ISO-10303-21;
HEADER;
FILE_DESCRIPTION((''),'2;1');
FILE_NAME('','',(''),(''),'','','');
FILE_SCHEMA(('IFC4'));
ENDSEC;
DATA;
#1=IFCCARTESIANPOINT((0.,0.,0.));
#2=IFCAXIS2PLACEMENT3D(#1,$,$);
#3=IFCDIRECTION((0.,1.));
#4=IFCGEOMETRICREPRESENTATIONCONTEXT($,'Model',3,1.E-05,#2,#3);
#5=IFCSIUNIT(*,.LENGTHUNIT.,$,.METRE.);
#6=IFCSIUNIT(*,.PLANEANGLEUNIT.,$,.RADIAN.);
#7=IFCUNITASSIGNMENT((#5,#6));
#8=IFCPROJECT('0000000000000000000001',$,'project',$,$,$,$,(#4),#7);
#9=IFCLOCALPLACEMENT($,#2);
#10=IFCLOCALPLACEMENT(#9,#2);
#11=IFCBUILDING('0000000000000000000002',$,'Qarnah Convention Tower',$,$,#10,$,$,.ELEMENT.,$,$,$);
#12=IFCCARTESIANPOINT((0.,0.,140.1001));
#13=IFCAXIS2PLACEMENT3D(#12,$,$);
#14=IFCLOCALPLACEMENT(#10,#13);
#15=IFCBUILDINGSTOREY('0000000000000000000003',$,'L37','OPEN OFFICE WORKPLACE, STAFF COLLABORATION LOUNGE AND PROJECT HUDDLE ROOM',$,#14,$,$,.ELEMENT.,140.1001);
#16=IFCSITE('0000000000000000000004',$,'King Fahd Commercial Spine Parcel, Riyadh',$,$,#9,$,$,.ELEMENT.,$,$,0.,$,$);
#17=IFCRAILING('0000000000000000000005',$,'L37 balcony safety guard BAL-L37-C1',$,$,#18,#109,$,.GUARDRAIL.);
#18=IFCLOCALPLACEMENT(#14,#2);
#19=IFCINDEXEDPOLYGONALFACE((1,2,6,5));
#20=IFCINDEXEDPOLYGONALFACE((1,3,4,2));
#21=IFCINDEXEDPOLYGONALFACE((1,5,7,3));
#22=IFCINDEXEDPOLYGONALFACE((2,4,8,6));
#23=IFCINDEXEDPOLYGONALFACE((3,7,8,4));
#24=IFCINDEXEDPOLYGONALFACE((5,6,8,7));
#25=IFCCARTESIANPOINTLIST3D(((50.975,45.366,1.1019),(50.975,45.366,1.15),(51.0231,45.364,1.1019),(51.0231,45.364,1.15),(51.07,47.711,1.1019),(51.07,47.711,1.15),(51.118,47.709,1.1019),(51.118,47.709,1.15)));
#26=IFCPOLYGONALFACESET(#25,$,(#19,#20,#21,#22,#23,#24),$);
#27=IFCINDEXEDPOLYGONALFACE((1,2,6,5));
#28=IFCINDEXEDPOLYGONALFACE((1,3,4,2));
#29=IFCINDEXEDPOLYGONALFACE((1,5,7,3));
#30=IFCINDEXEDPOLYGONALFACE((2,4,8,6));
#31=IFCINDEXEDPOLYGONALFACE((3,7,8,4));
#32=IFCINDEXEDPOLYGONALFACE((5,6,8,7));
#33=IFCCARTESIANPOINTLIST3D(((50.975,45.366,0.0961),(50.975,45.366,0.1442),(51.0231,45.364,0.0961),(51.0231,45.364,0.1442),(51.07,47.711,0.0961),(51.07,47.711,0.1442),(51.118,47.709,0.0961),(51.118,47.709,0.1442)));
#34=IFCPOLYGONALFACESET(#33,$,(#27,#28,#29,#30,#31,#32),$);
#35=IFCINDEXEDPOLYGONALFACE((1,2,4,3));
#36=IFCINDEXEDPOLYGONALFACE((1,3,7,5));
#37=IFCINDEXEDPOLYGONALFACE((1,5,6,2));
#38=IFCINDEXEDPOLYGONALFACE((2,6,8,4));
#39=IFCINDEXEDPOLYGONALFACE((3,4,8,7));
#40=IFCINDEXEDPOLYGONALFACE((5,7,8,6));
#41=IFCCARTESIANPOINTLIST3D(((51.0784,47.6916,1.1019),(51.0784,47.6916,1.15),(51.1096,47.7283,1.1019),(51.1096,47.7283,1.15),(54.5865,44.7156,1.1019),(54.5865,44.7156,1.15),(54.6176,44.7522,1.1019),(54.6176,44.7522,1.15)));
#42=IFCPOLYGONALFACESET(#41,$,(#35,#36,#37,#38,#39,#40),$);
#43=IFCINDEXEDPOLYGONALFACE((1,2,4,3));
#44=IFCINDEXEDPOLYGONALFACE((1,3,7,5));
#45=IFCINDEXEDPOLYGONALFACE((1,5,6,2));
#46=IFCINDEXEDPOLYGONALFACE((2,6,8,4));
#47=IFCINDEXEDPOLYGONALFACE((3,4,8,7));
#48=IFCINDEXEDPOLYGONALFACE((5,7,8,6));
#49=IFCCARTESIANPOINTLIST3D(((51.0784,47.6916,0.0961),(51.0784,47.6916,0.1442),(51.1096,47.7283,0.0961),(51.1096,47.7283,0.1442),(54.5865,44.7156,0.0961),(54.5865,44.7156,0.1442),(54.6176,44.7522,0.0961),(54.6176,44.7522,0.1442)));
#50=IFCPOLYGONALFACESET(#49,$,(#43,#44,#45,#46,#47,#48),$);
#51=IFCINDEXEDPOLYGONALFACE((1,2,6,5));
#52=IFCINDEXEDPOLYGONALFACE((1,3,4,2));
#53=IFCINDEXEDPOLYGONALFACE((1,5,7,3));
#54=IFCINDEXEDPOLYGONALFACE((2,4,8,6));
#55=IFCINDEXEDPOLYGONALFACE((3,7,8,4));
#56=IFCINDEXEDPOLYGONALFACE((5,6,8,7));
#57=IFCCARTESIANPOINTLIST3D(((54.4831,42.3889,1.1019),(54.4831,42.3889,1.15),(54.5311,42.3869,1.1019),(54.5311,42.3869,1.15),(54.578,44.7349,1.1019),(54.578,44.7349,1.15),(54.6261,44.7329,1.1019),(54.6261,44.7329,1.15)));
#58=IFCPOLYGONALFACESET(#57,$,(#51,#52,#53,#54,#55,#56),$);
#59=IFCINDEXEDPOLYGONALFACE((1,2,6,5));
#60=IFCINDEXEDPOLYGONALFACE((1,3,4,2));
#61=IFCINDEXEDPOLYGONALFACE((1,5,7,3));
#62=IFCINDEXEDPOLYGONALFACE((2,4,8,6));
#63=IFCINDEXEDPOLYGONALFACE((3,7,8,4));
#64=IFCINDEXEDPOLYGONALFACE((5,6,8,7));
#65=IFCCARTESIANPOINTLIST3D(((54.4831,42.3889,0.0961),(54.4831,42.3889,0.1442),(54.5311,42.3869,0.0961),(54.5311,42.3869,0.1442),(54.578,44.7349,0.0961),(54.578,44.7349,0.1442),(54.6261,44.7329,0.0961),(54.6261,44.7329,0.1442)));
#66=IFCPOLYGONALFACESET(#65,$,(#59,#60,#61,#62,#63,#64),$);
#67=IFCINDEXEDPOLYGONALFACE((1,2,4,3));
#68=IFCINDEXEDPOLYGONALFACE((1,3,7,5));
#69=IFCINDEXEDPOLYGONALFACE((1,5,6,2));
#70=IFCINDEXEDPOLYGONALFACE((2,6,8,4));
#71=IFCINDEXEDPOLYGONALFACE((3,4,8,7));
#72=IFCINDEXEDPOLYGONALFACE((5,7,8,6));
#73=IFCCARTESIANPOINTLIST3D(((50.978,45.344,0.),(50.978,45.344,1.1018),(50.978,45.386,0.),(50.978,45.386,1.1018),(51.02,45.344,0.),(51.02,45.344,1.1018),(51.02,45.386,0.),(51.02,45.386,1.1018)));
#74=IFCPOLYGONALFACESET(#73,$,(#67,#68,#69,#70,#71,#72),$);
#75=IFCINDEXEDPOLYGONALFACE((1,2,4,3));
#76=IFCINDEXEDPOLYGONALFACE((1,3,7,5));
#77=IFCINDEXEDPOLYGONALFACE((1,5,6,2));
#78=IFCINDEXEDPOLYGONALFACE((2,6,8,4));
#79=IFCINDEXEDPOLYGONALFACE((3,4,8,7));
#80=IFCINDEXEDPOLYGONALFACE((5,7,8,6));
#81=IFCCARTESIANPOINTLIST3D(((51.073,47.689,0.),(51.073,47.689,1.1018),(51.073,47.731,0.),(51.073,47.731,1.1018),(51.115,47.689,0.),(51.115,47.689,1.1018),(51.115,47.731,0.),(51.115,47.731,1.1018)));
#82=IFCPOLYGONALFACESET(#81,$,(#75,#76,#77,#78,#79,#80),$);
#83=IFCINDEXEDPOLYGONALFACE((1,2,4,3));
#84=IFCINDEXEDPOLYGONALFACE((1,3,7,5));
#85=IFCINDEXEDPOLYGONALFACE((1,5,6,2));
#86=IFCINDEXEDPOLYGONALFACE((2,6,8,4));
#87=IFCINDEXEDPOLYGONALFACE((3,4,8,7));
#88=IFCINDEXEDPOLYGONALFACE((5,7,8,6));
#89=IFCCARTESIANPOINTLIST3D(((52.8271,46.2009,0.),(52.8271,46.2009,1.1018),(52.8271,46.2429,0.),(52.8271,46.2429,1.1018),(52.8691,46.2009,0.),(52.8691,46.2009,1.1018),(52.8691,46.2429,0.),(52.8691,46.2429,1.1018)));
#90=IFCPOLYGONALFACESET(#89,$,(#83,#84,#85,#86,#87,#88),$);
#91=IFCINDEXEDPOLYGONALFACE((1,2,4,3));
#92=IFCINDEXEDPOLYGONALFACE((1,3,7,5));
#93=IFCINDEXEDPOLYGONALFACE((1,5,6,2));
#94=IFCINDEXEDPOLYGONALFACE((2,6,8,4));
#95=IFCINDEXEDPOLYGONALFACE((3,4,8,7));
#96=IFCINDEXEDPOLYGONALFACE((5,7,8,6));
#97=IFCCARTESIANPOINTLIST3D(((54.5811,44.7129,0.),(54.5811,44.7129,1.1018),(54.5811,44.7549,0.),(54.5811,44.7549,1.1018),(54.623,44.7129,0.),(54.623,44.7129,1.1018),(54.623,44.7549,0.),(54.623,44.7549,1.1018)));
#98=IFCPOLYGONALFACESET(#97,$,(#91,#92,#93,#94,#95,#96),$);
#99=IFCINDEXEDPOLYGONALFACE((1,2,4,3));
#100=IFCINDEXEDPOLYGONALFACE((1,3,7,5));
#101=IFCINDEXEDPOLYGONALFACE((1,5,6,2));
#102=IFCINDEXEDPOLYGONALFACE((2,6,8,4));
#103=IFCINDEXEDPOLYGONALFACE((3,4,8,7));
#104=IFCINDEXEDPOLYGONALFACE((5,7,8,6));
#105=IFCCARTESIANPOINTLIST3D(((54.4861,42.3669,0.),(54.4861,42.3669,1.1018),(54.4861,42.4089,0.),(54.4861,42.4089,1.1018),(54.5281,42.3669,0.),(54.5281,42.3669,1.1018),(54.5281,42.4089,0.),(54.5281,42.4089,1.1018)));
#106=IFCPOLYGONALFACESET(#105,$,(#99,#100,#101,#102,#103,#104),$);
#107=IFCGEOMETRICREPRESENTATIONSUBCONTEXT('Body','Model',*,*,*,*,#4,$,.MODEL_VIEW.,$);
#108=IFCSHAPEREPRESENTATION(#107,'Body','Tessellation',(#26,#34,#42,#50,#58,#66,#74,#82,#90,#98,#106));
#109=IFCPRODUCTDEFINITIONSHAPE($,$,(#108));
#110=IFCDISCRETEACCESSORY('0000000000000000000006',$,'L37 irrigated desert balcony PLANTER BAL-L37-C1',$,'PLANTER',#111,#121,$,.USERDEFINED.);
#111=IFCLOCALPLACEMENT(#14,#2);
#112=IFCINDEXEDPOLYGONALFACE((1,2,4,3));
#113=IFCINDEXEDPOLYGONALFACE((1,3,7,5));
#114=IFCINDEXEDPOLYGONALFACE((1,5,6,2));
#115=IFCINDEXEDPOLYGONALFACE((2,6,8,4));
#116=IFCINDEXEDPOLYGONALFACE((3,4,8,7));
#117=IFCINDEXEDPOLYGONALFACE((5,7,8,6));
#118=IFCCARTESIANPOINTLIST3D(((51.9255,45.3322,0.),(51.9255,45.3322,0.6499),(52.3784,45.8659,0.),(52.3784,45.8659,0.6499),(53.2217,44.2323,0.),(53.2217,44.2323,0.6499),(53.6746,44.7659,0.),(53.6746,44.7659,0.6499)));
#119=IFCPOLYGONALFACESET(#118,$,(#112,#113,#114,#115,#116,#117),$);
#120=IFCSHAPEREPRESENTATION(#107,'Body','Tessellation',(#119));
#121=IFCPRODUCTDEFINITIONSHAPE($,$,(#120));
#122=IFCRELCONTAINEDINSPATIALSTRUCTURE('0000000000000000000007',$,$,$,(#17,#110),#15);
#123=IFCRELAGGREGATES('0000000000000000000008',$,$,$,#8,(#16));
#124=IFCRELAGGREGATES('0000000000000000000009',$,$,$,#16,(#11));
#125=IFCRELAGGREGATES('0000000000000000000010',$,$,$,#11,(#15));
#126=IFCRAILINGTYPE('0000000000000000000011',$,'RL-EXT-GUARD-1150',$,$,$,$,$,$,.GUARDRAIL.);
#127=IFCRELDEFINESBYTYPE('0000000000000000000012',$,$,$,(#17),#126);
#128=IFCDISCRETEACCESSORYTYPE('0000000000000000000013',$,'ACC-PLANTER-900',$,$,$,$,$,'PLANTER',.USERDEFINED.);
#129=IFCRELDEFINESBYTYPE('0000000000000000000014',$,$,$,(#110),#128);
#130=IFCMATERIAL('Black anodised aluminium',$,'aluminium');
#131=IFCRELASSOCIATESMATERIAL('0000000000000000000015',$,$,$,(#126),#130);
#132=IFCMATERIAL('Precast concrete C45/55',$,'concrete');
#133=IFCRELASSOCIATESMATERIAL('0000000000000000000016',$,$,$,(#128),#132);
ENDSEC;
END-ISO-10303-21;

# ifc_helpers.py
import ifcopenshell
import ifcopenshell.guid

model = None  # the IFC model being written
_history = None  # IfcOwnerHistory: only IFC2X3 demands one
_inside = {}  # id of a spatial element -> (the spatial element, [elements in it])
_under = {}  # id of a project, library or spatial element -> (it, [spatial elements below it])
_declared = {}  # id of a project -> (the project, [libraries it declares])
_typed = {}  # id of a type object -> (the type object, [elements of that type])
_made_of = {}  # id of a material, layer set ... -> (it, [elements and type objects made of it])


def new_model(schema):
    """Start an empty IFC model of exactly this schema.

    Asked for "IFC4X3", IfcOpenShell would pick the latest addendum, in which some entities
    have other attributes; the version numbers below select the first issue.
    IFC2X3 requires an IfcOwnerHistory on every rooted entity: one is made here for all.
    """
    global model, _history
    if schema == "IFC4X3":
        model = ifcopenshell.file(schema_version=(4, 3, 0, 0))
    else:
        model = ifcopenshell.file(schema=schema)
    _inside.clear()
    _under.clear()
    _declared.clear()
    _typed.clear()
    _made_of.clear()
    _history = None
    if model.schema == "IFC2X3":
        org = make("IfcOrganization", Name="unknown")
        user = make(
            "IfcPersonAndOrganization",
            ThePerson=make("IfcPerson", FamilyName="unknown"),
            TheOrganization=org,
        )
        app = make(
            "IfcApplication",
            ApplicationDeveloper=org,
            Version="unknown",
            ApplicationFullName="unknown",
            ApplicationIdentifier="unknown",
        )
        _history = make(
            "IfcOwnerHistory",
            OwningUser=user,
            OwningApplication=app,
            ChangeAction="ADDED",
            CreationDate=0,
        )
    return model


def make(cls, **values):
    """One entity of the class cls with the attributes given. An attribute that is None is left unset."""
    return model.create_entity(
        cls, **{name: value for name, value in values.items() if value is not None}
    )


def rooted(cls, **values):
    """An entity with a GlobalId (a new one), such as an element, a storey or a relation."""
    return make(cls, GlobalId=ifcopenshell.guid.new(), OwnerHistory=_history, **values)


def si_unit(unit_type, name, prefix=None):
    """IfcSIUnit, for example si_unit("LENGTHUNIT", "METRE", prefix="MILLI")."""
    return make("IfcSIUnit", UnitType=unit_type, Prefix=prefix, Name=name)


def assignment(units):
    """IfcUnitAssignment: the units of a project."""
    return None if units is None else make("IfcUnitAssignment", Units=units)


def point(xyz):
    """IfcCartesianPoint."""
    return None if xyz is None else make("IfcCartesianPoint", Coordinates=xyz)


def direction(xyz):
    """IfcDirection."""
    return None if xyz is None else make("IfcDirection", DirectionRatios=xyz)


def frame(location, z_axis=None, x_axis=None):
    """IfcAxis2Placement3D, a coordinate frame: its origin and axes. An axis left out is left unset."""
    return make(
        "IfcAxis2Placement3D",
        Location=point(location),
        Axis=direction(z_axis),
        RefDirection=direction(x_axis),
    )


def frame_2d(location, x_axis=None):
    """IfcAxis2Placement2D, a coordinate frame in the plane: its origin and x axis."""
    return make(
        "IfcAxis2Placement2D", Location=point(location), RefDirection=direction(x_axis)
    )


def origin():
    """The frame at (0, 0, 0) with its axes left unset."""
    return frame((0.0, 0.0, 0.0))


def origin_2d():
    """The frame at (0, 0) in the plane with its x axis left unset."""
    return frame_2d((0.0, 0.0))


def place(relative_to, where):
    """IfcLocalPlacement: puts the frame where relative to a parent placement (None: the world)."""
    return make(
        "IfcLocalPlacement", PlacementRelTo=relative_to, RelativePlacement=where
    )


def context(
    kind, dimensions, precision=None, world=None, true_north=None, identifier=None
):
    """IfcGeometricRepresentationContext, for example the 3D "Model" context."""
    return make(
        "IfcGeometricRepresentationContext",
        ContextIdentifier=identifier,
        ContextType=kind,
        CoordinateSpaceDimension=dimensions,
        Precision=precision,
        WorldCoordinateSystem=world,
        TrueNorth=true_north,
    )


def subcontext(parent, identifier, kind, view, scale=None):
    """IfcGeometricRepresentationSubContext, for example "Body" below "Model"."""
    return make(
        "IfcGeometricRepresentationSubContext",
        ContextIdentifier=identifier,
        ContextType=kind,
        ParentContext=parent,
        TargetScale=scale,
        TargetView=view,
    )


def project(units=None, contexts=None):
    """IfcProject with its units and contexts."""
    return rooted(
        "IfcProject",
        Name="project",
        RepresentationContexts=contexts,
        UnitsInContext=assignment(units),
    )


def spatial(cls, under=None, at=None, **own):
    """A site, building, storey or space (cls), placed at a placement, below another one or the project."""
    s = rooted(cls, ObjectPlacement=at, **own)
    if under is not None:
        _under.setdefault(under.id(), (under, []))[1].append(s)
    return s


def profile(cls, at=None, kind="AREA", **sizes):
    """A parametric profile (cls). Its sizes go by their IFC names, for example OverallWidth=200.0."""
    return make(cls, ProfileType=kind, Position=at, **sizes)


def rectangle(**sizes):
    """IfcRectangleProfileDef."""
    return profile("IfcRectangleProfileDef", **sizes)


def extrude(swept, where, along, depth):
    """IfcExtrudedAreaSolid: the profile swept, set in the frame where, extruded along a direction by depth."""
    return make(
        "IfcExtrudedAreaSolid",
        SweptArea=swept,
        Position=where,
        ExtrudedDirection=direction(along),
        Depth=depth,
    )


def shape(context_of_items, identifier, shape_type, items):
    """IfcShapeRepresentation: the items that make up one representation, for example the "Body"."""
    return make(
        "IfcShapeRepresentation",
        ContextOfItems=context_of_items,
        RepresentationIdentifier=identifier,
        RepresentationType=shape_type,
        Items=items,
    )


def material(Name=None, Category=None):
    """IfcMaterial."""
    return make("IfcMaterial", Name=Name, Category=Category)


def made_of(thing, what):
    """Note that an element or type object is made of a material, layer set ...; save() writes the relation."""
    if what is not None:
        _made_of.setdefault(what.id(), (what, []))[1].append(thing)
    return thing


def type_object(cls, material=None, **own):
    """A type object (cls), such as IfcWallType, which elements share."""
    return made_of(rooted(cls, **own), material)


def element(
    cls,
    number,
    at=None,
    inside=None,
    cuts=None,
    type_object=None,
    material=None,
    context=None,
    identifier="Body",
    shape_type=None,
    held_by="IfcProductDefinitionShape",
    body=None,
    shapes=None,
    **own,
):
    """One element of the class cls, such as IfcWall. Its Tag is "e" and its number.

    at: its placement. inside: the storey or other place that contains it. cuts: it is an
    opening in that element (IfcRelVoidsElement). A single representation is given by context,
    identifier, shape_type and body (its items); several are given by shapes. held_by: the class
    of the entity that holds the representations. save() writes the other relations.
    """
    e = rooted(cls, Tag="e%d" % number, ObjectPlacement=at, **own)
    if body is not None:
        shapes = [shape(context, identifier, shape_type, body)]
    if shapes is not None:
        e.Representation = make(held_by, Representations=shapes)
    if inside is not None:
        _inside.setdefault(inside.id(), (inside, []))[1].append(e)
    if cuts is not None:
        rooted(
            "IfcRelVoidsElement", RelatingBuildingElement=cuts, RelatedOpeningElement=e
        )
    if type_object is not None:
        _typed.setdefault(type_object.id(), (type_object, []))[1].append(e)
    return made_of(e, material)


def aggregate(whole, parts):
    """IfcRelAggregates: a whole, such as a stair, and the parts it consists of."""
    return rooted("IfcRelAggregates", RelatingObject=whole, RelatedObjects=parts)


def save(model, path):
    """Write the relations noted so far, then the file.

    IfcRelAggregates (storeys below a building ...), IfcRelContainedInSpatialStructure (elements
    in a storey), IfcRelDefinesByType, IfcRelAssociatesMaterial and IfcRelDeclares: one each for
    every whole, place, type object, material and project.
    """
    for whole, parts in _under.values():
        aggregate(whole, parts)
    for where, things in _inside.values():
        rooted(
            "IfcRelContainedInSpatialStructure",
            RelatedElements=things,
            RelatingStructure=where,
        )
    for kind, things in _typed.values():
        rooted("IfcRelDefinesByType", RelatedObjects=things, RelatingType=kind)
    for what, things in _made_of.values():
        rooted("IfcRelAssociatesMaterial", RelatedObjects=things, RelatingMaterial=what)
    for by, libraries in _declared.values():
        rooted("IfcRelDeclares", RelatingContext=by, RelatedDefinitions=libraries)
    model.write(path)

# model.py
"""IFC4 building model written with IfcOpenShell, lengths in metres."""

from ifc_helpers import new_model, si_unit, direction, frame, origin, origin_2d, place, context, subcontext, project, spatial, rectangle, extrude, material, type_object, element, save


model = new_model("IFC4")

# Units and contexts
model_context = context("Model", 3, precision=1e-05, world=origin(), true_north=direction((0.0, 1.0)))
body_context = subcontext(model_context, "Body", "Model", "MODEL_VIEW")
ifc_project = project(units=[si_unit("LENGTHUNIT", "METRE"), si_unit("PLANEANGLEUNIT", "RADIAN")], contexts=[model_context])

# Site, building, storey
site_placement = place(None, origin())
site = spatial("IfcSite", under=ifc_project, at=site_placement, Name="King Fahd Commercial Spine Parcel, Riyadh", CompositionType="ELEMENT", RefElevation=0.0)
building_placement = place(site_placement, origin())
building = spatial("IfcBuilding", under=site, at=building_placement, Name="Qarnah Convention Tower", CompositionType="ELEMENT")
storey_placement = place(building_placement, frame((0.0, 0.0, 140.1001)))
storey = spatial("IfcBuildingStorey", under=building, at=storey_placement, Name="L37", Description="OPEN OFFICE WORKPLACE, STAFF COLLABORATION LOUNGE AND PROJECT HUDDLE ROOM", CompositionType="ELEMENT", Elevation=140.1001)

# Shared definitions
ifc_material_1 = material(Name="Black anodised aluminium", Category="aluminium")

# Shared definitions
ifc_material_2 = material(Name="Precast concrete C45/55", Category="concrete")

# Railing
railing_type = type_object("IfcRailingType", Name="RL-EXT-GUARD-1150", PredefinedType="GUARDRAIL", material=ifc_material_1)
railing_1_placement = place(storey_placement, frame((50.999, 45.365, 0.0)))
element("IfcRailing", 1, at=railing_1_placement, inside=storey, type_object=railing_type, Name="L37 balcony safety guard BAL-L37-C1", PredefinedType="GUARDRAIL", context=body_context, shape_type="SweptSolid", body=[
    extrude(rectangle(XDim=0.0481, YDim=0.0481, at=origin_2d()), frame((0.0, 0.0, 1.126), z_axis=(0.040467, 0.999181, 0.0), x_axis=(-0.999181, 0.040467, 0.0)), (0.0, 0.0, 1.0), 2.3469),
    extrude(rectangle(XDim=0.0481, YDim=0.0481, at=origin_2d()), frame((0.0, 0.0, 0.1201), z_axis=(0.040467, 0.999181, 0.0), x_axis=(-0.999181, 0.040467, 0.0)), (0.0, 0.0, 1.0), 2.3469),
    extrude(rectangle(XDim=0.0481, YDim=0.0481, at=origin_2d()), frame((0.095, 2.345, 1.126), z_axis=(0.762558, -0.646919, 0.0), x_axis=(0.646919, 0.762558, 0.0)), (0.0, 0.0, 1.0), 4.6003),
    extrude(rectangle(XDim=0.0481, YDim=0.0481, at=origin_2d()), frame((0.095, 2.345, 0.1201), z_axis=(0.762558, -0.646919, 0.0), x_axis=(0.646919, 0.762558, 0.0)), (0.0, 0.0, 1.0), 4.6003),
    extrude(rectangle(XDim=0.0481, YDim=0.0481, at=origin_2d()), frame((3.603, -0.6311, 1.126), z_axis=(-0.04045, -0.999182, 0.0), x_axis=(0.999182, -0.04045, 0.0)), (0.0, 0.0, 1.0), 2.3479),
    extrude(rectangle(XDim=0.0481, YDim=0.0481, at=origin_2d()), frame((3.603, -0.6311, 0.1201), z_axis=(-0.04045, -0.999182, 0.0), x_axis=(0.999182, -0.04045, 0.0)), (0.0, 0.0, 1.0), 2.3479),
    extrude(rectangle(XDim=0.042, YDim=0.042, at=origin_2d()), origin(), (0.0, 0.0, 1.0), 1.1018),
    extrude(rectangle(XDim=0.042, YDim=0.042, at=origin_2d()), frame((0.095, 2.345, 0.0)), (0.0, 0.0, 1.0), 1.1018),
    extrude(rectangle(XDim=0.042, YDim=0.042, at=origin_2d()), frame((1.8491, 0.8569, 0.0)), (0.0, 0.0, 1.0), 1.1018),
    extrude(rectangle(XDim=0.042, YDim=0.042, at=origin_2d()), frame((3.603, -0.6311, 0.0)), (0.0, 0.0, 1.0), 1.1018),
    extrude(rectangle(XDim=0.042, YDim=0.042, at=origin_2d()), frame((3.5081, -2.9771, 0.0)), (0.0, 0.0, 1.0), 1.1018),
])

# Discrete accessory
discrete_accessory_type = type_object("IfcDiscreteAccessoryType", Name="ACC-PLANTER-900", ElementType="PLANTER", PredefinedType="USERDEFINED", material=ifc_material_2)
discrete_accessory_placement = place(storey_placement, frame((52.8, 45.0491, 0.0), z_axis=(0.0, 0.0, 1.0), x_axis=(-0.762443, 0.647056, 0.0)))
element("IfcDiscreteAccessory", 2, at=discrete_accessory_placement, inside=storey, type_object=discrete_accessory_type, Name="L37 irrigated desert balcony PLANTER BAL-L37-C1", ObjectType="PLANTER", PredefinedType="USERDEFINED", context=body_context, shape_type="SweptSolid", body=[
    extrude(rectangle(XDim=1.7, YDim=0.7, at=origin_2d()), origin(), (0.0, 0.0, 1.0), 0.6499),
])

save(model, "model.ifc")
